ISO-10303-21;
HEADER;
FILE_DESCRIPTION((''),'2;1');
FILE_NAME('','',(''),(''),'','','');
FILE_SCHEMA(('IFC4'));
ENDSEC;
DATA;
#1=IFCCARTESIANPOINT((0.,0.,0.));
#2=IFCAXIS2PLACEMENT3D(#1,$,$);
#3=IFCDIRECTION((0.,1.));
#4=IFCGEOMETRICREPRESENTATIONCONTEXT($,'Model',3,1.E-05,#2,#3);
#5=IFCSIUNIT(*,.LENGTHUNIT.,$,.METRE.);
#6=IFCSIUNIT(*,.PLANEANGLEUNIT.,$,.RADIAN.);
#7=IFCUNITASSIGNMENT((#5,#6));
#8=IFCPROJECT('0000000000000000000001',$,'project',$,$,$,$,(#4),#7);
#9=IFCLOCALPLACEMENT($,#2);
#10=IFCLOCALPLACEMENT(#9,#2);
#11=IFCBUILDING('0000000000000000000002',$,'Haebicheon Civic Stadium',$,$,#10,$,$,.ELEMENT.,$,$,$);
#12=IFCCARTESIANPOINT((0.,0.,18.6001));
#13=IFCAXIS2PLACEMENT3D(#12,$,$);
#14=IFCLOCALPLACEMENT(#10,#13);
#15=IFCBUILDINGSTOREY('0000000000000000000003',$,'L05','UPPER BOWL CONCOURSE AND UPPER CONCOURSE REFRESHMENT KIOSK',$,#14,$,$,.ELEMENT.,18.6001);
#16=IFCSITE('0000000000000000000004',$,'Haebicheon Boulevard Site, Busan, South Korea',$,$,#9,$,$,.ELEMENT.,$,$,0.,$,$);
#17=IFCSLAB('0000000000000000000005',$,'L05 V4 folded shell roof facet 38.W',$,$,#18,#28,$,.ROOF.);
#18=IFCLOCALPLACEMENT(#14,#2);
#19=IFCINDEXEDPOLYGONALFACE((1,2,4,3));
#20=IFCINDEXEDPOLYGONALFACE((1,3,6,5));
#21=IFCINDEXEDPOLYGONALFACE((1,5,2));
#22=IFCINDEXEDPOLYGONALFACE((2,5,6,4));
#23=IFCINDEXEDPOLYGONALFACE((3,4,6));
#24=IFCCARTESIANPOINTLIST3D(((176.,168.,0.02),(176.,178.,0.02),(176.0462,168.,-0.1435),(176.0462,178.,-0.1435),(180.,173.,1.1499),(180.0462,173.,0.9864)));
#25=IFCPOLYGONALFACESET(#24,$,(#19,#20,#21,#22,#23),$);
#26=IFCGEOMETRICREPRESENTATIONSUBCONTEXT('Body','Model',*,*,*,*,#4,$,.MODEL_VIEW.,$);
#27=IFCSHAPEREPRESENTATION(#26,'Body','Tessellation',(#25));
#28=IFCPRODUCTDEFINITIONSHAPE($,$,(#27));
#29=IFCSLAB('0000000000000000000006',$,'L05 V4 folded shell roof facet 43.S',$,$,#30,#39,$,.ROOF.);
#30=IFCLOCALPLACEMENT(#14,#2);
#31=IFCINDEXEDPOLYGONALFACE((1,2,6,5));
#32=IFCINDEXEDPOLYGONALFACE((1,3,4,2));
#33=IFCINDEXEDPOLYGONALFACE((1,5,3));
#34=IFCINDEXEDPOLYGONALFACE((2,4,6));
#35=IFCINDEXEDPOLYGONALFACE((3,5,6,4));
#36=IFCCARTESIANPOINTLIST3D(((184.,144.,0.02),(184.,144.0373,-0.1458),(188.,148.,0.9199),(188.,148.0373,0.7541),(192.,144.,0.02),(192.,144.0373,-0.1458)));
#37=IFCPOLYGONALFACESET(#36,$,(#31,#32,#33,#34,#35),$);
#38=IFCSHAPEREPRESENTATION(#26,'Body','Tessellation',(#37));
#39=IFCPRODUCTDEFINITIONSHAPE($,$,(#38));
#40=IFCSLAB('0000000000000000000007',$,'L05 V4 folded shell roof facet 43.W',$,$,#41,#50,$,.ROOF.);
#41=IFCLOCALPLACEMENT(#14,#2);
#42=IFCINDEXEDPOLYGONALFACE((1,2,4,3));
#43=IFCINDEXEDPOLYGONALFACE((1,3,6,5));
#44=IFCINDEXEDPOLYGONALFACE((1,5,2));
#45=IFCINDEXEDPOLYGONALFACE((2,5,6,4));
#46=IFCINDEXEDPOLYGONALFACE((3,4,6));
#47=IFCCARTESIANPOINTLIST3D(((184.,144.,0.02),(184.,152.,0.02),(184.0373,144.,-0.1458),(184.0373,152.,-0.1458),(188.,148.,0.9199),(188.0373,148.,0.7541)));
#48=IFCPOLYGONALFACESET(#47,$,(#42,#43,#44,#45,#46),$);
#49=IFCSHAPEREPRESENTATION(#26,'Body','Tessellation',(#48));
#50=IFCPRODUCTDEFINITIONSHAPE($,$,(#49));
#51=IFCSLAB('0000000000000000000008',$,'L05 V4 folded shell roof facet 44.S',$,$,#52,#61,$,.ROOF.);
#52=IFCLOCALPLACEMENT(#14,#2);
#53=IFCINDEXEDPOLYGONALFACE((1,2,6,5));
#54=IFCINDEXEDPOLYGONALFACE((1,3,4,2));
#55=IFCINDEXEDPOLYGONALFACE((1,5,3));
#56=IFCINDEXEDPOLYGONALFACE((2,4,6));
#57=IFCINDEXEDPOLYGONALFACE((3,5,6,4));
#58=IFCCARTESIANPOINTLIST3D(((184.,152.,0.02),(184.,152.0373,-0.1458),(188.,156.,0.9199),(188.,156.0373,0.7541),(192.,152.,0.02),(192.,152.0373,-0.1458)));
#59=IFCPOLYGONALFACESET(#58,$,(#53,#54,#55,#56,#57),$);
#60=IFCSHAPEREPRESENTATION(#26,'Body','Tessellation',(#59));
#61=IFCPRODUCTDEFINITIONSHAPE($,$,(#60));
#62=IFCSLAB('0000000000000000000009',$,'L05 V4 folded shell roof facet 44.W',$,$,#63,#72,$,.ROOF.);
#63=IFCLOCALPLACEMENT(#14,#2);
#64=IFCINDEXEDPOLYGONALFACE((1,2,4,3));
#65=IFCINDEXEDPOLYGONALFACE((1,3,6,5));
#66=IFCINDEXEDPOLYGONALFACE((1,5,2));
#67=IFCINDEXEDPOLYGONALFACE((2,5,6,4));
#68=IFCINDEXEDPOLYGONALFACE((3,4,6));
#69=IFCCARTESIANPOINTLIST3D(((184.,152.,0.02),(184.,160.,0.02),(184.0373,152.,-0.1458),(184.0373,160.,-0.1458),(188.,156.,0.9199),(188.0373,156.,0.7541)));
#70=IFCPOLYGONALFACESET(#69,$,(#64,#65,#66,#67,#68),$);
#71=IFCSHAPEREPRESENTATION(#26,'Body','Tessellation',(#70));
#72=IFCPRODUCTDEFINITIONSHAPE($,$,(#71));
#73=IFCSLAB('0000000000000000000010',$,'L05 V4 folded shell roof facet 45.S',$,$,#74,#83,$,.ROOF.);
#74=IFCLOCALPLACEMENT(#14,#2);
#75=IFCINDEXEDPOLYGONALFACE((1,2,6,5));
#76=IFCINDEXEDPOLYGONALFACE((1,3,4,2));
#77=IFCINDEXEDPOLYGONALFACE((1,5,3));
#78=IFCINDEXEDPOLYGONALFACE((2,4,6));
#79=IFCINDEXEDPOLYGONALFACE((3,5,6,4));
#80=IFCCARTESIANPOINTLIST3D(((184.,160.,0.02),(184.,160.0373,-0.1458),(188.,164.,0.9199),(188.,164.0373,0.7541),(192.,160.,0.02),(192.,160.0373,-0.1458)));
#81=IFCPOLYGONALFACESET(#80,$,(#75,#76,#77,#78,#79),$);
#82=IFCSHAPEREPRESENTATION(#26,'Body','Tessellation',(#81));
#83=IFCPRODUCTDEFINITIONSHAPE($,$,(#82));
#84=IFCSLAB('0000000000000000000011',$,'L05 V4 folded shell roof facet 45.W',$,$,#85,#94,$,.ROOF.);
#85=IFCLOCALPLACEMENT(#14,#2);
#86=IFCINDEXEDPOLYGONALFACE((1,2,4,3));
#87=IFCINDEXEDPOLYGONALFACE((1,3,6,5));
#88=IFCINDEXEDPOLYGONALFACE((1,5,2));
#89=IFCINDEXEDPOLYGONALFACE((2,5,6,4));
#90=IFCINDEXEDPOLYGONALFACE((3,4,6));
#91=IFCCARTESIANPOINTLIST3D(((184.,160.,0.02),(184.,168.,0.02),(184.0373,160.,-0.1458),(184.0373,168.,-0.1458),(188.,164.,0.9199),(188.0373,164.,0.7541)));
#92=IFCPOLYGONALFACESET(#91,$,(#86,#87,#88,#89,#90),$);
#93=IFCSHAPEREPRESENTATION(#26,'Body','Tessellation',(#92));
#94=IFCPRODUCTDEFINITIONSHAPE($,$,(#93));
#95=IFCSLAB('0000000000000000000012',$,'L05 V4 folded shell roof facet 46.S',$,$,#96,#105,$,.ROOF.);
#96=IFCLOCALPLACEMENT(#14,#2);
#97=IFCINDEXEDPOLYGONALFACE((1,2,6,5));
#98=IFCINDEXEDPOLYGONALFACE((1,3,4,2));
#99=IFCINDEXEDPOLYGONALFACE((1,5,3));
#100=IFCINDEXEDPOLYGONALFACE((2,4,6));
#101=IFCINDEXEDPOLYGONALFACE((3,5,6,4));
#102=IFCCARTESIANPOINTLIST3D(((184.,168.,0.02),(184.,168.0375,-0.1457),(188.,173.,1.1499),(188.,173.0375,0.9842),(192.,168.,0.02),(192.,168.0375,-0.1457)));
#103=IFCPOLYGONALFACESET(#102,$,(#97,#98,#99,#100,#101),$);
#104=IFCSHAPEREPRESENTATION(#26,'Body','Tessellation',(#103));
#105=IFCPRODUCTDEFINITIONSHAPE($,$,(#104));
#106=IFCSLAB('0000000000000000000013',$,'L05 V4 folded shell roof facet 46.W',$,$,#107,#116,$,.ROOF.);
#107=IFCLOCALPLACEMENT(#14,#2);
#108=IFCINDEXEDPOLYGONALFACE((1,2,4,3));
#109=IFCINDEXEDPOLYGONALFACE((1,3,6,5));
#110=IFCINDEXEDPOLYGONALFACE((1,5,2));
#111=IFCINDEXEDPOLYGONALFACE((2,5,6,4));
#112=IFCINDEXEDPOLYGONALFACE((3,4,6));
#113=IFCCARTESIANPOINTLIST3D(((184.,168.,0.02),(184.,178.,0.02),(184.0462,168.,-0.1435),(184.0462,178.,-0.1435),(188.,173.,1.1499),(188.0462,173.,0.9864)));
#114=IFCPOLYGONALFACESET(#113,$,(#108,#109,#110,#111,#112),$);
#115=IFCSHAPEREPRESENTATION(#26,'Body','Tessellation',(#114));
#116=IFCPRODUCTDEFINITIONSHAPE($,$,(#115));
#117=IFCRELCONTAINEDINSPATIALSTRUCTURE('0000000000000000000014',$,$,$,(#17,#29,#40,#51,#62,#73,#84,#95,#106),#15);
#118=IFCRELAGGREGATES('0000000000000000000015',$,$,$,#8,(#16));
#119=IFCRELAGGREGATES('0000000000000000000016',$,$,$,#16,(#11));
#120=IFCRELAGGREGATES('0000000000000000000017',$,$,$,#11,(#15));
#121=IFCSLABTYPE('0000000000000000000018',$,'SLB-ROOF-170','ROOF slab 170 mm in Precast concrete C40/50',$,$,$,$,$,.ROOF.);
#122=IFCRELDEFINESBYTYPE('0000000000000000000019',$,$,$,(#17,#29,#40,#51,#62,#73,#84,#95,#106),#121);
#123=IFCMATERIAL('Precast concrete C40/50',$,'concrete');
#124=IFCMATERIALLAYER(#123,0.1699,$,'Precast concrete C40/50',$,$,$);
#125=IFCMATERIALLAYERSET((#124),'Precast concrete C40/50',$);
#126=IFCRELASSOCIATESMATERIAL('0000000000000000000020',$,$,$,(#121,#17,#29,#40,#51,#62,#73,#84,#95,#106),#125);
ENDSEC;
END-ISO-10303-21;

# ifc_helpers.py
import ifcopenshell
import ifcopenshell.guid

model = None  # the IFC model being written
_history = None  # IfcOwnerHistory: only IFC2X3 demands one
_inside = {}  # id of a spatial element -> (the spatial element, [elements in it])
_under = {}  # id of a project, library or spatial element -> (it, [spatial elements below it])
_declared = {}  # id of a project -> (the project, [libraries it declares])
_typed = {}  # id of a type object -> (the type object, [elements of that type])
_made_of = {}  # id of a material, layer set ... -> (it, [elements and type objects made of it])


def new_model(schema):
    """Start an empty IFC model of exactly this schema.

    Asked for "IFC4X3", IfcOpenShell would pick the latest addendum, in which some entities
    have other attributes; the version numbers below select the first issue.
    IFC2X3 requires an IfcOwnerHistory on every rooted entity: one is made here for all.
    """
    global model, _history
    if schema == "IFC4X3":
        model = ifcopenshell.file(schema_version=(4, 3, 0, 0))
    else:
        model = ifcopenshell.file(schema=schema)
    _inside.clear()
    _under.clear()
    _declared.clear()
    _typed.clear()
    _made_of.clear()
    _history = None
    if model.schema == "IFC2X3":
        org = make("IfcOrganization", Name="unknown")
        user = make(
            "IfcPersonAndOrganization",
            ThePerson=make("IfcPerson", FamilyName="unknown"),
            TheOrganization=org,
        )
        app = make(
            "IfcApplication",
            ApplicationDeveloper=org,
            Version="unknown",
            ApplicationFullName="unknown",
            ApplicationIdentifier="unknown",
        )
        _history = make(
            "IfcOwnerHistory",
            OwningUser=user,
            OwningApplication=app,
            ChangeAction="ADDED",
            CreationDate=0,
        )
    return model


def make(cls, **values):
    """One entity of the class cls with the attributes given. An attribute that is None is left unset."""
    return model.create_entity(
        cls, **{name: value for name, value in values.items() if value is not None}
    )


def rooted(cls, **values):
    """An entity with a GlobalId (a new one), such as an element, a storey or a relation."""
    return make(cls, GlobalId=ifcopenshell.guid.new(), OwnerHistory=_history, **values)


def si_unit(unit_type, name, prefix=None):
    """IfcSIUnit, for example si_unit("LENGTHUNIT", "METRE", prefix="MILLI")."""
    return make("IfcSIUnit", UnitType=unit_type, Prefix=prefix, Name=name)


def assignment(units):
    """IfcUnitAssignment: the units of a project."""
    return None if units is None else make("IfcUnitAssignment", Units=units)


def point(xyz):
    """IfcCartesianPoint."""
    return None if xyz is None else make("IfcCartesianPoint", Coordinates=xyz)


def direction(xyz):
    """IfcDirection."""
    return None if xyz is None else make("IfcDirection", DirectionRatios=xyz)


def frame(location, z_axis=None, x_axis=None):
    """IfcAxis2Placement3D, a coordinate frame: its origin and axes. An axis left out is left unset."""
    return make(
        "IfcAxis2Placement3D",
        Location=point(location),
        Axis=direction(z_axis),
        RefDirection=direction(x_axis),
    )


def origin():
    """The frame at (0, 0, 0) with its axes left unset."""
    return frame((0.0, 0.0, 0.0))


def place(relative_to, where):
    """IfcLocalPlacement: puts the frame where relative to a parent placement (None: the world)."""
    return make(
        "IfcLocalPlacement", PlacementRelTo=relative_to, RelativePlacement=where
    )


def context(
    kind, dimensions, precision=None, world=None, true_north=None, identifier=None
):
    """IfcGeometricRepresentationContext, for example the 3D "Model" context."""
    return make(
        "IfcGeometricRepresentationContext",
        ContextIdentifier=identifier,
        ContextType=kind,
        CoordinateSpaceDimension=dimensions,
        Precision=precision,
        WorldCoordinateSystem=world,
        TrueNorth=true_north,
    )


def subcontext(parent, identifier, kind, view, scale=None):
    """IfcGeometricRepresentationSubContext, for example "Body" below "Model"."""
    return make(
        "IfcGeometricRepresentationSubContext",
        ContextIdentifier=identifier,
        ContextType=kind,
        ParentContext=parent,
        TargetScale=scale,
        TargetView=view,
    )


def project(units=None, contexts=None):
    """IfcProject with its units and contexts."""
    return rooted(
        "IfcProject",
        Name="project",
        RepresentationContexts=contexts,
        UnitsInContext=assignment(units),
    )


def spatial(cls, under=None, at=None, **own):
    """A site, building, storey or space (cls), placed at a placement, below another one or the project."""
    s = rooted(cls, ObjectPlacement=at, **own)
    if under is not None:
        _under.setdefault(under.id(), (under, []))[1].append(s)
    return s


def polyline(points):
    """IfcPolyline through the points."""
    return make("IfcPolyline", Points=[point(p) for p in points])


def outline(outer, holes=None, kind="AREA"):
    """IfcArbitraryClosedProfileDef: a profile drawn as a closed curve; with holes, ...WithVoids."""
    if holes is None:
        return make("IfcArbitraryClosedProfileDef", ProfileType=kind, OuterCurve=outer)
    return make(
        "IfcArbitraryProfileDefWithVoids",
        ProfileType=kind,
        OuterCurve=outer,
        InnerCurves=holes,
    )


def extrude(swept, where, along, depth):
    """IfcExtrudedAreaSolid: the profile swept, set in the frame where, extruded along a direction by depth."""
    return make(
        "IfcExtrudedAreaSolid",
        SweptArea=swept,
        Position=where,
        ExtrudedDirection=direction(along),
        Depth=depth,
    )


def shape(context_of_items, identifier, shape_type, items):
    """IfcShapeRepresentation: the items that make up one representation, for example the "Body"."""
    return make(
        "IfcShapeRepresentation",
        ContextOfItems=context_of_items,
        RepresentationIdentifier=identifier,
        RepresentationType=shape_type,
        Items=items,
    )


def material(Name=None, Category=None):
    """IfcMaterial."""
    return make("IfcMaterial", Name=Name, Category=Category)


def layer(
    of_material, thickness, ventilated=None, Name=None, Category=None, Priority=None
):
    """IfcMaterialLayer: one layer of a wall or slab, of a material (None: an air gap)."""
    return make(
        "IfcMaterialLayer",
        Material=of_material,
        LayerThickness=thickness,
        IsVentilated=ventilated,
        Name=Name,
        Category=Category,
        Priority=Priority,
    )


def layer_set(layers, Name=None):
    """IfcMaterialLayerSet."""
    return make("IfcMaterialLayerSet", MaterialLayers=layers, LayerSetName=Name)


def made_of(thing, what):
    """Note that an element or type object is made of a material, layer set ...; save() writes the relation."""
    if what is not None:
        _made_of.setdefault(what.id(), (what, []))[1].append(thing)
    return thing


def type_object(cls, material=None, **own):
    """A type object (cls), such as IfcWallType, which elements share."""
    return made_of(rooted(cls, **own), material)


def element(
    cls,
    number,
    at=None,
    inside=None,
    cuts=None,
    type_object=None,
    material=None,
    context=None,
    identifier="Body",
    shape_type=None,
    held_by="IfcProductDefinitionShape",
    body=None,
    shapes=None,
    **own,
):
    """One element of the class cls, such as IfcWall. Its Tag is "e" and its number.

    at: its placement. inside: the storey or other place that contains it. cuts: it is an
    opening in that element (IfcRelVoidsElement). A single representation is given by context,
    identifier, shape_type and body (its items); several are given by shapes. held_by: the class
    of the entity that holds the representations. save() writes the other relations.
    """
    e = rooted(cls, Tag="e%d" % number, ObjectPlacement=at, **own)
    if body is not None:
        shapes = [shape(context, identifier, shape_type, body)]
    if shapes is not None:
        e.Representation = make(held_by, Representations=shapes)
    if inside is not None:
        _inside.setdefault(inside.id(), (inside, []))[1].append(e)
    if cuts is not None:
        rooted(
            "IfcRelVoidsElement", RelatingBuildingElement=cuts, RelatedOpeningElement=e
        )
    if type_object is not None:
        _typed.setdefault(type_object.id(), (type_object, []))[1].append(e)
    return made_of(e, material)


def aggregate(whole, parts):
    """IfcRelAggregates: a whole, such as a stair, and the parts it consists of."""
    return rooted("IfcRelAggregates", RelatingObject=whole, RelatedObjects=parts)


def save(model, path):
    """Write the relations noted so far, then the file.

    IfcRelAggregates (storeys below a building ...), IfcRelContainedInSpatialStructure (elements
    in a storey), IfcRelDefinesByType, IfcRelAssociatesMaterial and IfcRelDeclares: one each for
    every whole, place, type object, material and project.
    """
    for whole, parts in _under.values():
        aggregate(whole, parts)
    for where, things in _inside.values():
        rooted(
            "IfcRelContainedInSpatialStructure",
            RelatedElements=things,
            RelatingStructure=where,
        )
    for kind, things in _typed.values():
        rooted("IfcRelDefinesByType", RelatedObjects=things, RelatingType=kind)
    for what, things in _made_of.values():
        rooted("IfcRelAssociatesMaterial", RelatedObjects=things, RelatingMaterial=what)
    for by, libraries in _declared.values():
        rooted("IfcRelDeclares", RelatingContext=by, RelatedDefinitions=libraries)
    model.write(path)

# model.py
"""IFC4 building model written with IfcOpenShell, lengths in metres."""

from ifc_helpers import new_model, si_unit, direction, frame, origin, place, context, subcontext, project, spatial, polyline, outline, extrude, material, layer, layer_set, type_object, element, save


model = new_model("IFC4")

# Units and contexts
model_context = context("Model", 3, precision=1e-05, world=origin(), true_north=direction((0.0, 1.0)))
body_context = subcontext(model_context, "Body", "Model", "MODEL_VIEW")
ifc_project = project(units=[si_unit("LENGTHUNIT", "METRE"), si_unit("PLANEANGLEUNIT", "RADIAN")], contexts=[model_context])

# Site, building, storey
site_placement = place(None, origin())
site = spatial("IfcSite", under=ifc_project, at=site_placement, Name="Haebicheon Boulevard Site, Busan, South Korea", CompositionType="ELEMENT", RefElevation=0.0)
building_placement = place(site_placement, origin())
building = spatial("IfcBuilding", under=site, at=building_placement, Name="Haebicheon Civic Stadium", CompositionType="ELEMENT")
storey_placement = place(building_placement, frame((0.0, 0.0, 18.6001)))
storey = spatial("IfcBuildingStorey", under=building, at=storey_placement, Name="L05", Description="UPPER BOWL CONCOURSE AND UPPER CONCOURSE REFRESHMENT KIOSK", CompositionType="ELEMENT", Elevation=18.6001)

# Slabs
ifc_material = material(Name="Precast concrete C40/50", Category="concrete")
ifc_layer = layer(ifc_material, 0.1699, Name="Precast concrete C40/50")
ifc_layer_set = layer_set([ifc_layer], Name="Precast concrete C40/50")
slab_type = type_object("IfcSlabType", Name="SLB-ROOF-170", Description="ROOF slab 170 mm in Precast concrete C40/50", PredefinedType="ROOF", material=ifc_layer_set)
slab_1_placement = place(storey_placement, frame((176.0, 178.0, 0.02), z_axis=(-0.271834, 0.0, 0.962344), x_axis=(0.0, -1.0, 0.0)))
element("IfcSlab", 1, at=slab_1_placement, inside=storey, type_object=slab_type, material=ifc_layer_set, Name="L05 V4 folded shell roof facet 38.W", PredefinedType="ROOF", context=body_context, shape_type="SweptSolid", body=[
    extrude(outline(polyline([(0.0, 0.0), (10.0, 0.0), (5.0, 4.1565), (0.0, 0.0)])), origin(), (0.0, 0.0, -1.0), 0.1699),
])
for number, where, z_axis, x_axis, name in (
    (2, (184.0, 144.0, 0.02), (0.0, -0.21949, 0.975615), (1.0, 0.0, 0.0), "L05 V4 folded shell roof facet 43.S"),
    (3, (184.0, 152.0, 0.02), (-0.21949, 0.0, 0.975615), (0.0, -1.0, 0.0), "L05 V4 folded shell roof facet 43.W"),
    (4, (184.0, 152.0, 0.02), (0.0, -0.21949, 0.975615), (1.0, 0.0, 0.0), "L05 V4 folded shell roof facet 44.S"),
    (5, (184.0, 160.0, 0.02), (-0.21949, 0.0, 0.975615), (0.0, -1.0, 0.0), "L05 V4 folded shell roof facet 44.W"),
    (6, (184.0, 160.0, 0.02), (0.0, -0.21949, 0.975615), (1.0, 0.0, 0.0), "L05 V4 folded shell roof facet 45.S"),
    (7, (184.0, 168.0, 0.02), (-0.21949, 0.0, 0.975615), (0.0, -1.0, 0.0), "L05 V4 folded shell roof facet 45.W"),
):
    element("IfcSlab", number, at=place(storey_placement, frame(where, z_axis=z_axis, x_axis=x_axis)), inside=storey, type_object=slab_type, material=ifc_layer_set, Name=name, PredefinedType="ROOF", context=body_context, shape_type="SweptSolid", body=[
        extrude(outline(polyline([(0.0, 0.0), (8.0, 0.0), (4.0, 4.1), (0.0, 0.0)])), origin(), (0.0, 0.0, -1.0), 0.1699),
    ])
slab_2_placement = place(storey_placement, frame((184.0, 168.0, 0.02), z_axis=(0.0, -0.220419, 0.975405), x_axis=(1.0, 0.0, 0.0)))
element("IfcSlab", 8, at=slab_2_placement, inside=storey, type_object=slab_type, material=ifc_layer_set, Name="L05 V4 folded shell roof facet 46.S", PredefinedType="ROOF", context=body_context, shape_type="SweptSolid", body=[
    extrude(outline(polyline([(0.0, 0.0), (8.0, 0.0), (4.0, 5.1261), (0.0, 0.0)])), origin(), (0.0, 0.0, -1.0), 0.1699),
])
slab_3_placement = place(storey_placement, frame((184.0, 178.0, 0.02), z_axis=(-0.271834, 0.0, 0.962344), x_axis=(0.0, -1.0, 0.0)))
element("IfcSlab", 9, at=slab_3_placement, inside=storey, type_object=slab_type, material=ifc_layer_set, Name="L05 V4 folded shell roof facet 46.W", PredefinedType="ROOF", context=body_context, shape_type="SweptSolid", body=[
    extrude(outline(polyline([(0.0, 0.0), (10.0, 0.0), (5.0, 4.1565), (0.0, 0.0)])), origin(), (0.0, 0.0, -1.0), 0.1699),
])

save(model, "model.ifc")
